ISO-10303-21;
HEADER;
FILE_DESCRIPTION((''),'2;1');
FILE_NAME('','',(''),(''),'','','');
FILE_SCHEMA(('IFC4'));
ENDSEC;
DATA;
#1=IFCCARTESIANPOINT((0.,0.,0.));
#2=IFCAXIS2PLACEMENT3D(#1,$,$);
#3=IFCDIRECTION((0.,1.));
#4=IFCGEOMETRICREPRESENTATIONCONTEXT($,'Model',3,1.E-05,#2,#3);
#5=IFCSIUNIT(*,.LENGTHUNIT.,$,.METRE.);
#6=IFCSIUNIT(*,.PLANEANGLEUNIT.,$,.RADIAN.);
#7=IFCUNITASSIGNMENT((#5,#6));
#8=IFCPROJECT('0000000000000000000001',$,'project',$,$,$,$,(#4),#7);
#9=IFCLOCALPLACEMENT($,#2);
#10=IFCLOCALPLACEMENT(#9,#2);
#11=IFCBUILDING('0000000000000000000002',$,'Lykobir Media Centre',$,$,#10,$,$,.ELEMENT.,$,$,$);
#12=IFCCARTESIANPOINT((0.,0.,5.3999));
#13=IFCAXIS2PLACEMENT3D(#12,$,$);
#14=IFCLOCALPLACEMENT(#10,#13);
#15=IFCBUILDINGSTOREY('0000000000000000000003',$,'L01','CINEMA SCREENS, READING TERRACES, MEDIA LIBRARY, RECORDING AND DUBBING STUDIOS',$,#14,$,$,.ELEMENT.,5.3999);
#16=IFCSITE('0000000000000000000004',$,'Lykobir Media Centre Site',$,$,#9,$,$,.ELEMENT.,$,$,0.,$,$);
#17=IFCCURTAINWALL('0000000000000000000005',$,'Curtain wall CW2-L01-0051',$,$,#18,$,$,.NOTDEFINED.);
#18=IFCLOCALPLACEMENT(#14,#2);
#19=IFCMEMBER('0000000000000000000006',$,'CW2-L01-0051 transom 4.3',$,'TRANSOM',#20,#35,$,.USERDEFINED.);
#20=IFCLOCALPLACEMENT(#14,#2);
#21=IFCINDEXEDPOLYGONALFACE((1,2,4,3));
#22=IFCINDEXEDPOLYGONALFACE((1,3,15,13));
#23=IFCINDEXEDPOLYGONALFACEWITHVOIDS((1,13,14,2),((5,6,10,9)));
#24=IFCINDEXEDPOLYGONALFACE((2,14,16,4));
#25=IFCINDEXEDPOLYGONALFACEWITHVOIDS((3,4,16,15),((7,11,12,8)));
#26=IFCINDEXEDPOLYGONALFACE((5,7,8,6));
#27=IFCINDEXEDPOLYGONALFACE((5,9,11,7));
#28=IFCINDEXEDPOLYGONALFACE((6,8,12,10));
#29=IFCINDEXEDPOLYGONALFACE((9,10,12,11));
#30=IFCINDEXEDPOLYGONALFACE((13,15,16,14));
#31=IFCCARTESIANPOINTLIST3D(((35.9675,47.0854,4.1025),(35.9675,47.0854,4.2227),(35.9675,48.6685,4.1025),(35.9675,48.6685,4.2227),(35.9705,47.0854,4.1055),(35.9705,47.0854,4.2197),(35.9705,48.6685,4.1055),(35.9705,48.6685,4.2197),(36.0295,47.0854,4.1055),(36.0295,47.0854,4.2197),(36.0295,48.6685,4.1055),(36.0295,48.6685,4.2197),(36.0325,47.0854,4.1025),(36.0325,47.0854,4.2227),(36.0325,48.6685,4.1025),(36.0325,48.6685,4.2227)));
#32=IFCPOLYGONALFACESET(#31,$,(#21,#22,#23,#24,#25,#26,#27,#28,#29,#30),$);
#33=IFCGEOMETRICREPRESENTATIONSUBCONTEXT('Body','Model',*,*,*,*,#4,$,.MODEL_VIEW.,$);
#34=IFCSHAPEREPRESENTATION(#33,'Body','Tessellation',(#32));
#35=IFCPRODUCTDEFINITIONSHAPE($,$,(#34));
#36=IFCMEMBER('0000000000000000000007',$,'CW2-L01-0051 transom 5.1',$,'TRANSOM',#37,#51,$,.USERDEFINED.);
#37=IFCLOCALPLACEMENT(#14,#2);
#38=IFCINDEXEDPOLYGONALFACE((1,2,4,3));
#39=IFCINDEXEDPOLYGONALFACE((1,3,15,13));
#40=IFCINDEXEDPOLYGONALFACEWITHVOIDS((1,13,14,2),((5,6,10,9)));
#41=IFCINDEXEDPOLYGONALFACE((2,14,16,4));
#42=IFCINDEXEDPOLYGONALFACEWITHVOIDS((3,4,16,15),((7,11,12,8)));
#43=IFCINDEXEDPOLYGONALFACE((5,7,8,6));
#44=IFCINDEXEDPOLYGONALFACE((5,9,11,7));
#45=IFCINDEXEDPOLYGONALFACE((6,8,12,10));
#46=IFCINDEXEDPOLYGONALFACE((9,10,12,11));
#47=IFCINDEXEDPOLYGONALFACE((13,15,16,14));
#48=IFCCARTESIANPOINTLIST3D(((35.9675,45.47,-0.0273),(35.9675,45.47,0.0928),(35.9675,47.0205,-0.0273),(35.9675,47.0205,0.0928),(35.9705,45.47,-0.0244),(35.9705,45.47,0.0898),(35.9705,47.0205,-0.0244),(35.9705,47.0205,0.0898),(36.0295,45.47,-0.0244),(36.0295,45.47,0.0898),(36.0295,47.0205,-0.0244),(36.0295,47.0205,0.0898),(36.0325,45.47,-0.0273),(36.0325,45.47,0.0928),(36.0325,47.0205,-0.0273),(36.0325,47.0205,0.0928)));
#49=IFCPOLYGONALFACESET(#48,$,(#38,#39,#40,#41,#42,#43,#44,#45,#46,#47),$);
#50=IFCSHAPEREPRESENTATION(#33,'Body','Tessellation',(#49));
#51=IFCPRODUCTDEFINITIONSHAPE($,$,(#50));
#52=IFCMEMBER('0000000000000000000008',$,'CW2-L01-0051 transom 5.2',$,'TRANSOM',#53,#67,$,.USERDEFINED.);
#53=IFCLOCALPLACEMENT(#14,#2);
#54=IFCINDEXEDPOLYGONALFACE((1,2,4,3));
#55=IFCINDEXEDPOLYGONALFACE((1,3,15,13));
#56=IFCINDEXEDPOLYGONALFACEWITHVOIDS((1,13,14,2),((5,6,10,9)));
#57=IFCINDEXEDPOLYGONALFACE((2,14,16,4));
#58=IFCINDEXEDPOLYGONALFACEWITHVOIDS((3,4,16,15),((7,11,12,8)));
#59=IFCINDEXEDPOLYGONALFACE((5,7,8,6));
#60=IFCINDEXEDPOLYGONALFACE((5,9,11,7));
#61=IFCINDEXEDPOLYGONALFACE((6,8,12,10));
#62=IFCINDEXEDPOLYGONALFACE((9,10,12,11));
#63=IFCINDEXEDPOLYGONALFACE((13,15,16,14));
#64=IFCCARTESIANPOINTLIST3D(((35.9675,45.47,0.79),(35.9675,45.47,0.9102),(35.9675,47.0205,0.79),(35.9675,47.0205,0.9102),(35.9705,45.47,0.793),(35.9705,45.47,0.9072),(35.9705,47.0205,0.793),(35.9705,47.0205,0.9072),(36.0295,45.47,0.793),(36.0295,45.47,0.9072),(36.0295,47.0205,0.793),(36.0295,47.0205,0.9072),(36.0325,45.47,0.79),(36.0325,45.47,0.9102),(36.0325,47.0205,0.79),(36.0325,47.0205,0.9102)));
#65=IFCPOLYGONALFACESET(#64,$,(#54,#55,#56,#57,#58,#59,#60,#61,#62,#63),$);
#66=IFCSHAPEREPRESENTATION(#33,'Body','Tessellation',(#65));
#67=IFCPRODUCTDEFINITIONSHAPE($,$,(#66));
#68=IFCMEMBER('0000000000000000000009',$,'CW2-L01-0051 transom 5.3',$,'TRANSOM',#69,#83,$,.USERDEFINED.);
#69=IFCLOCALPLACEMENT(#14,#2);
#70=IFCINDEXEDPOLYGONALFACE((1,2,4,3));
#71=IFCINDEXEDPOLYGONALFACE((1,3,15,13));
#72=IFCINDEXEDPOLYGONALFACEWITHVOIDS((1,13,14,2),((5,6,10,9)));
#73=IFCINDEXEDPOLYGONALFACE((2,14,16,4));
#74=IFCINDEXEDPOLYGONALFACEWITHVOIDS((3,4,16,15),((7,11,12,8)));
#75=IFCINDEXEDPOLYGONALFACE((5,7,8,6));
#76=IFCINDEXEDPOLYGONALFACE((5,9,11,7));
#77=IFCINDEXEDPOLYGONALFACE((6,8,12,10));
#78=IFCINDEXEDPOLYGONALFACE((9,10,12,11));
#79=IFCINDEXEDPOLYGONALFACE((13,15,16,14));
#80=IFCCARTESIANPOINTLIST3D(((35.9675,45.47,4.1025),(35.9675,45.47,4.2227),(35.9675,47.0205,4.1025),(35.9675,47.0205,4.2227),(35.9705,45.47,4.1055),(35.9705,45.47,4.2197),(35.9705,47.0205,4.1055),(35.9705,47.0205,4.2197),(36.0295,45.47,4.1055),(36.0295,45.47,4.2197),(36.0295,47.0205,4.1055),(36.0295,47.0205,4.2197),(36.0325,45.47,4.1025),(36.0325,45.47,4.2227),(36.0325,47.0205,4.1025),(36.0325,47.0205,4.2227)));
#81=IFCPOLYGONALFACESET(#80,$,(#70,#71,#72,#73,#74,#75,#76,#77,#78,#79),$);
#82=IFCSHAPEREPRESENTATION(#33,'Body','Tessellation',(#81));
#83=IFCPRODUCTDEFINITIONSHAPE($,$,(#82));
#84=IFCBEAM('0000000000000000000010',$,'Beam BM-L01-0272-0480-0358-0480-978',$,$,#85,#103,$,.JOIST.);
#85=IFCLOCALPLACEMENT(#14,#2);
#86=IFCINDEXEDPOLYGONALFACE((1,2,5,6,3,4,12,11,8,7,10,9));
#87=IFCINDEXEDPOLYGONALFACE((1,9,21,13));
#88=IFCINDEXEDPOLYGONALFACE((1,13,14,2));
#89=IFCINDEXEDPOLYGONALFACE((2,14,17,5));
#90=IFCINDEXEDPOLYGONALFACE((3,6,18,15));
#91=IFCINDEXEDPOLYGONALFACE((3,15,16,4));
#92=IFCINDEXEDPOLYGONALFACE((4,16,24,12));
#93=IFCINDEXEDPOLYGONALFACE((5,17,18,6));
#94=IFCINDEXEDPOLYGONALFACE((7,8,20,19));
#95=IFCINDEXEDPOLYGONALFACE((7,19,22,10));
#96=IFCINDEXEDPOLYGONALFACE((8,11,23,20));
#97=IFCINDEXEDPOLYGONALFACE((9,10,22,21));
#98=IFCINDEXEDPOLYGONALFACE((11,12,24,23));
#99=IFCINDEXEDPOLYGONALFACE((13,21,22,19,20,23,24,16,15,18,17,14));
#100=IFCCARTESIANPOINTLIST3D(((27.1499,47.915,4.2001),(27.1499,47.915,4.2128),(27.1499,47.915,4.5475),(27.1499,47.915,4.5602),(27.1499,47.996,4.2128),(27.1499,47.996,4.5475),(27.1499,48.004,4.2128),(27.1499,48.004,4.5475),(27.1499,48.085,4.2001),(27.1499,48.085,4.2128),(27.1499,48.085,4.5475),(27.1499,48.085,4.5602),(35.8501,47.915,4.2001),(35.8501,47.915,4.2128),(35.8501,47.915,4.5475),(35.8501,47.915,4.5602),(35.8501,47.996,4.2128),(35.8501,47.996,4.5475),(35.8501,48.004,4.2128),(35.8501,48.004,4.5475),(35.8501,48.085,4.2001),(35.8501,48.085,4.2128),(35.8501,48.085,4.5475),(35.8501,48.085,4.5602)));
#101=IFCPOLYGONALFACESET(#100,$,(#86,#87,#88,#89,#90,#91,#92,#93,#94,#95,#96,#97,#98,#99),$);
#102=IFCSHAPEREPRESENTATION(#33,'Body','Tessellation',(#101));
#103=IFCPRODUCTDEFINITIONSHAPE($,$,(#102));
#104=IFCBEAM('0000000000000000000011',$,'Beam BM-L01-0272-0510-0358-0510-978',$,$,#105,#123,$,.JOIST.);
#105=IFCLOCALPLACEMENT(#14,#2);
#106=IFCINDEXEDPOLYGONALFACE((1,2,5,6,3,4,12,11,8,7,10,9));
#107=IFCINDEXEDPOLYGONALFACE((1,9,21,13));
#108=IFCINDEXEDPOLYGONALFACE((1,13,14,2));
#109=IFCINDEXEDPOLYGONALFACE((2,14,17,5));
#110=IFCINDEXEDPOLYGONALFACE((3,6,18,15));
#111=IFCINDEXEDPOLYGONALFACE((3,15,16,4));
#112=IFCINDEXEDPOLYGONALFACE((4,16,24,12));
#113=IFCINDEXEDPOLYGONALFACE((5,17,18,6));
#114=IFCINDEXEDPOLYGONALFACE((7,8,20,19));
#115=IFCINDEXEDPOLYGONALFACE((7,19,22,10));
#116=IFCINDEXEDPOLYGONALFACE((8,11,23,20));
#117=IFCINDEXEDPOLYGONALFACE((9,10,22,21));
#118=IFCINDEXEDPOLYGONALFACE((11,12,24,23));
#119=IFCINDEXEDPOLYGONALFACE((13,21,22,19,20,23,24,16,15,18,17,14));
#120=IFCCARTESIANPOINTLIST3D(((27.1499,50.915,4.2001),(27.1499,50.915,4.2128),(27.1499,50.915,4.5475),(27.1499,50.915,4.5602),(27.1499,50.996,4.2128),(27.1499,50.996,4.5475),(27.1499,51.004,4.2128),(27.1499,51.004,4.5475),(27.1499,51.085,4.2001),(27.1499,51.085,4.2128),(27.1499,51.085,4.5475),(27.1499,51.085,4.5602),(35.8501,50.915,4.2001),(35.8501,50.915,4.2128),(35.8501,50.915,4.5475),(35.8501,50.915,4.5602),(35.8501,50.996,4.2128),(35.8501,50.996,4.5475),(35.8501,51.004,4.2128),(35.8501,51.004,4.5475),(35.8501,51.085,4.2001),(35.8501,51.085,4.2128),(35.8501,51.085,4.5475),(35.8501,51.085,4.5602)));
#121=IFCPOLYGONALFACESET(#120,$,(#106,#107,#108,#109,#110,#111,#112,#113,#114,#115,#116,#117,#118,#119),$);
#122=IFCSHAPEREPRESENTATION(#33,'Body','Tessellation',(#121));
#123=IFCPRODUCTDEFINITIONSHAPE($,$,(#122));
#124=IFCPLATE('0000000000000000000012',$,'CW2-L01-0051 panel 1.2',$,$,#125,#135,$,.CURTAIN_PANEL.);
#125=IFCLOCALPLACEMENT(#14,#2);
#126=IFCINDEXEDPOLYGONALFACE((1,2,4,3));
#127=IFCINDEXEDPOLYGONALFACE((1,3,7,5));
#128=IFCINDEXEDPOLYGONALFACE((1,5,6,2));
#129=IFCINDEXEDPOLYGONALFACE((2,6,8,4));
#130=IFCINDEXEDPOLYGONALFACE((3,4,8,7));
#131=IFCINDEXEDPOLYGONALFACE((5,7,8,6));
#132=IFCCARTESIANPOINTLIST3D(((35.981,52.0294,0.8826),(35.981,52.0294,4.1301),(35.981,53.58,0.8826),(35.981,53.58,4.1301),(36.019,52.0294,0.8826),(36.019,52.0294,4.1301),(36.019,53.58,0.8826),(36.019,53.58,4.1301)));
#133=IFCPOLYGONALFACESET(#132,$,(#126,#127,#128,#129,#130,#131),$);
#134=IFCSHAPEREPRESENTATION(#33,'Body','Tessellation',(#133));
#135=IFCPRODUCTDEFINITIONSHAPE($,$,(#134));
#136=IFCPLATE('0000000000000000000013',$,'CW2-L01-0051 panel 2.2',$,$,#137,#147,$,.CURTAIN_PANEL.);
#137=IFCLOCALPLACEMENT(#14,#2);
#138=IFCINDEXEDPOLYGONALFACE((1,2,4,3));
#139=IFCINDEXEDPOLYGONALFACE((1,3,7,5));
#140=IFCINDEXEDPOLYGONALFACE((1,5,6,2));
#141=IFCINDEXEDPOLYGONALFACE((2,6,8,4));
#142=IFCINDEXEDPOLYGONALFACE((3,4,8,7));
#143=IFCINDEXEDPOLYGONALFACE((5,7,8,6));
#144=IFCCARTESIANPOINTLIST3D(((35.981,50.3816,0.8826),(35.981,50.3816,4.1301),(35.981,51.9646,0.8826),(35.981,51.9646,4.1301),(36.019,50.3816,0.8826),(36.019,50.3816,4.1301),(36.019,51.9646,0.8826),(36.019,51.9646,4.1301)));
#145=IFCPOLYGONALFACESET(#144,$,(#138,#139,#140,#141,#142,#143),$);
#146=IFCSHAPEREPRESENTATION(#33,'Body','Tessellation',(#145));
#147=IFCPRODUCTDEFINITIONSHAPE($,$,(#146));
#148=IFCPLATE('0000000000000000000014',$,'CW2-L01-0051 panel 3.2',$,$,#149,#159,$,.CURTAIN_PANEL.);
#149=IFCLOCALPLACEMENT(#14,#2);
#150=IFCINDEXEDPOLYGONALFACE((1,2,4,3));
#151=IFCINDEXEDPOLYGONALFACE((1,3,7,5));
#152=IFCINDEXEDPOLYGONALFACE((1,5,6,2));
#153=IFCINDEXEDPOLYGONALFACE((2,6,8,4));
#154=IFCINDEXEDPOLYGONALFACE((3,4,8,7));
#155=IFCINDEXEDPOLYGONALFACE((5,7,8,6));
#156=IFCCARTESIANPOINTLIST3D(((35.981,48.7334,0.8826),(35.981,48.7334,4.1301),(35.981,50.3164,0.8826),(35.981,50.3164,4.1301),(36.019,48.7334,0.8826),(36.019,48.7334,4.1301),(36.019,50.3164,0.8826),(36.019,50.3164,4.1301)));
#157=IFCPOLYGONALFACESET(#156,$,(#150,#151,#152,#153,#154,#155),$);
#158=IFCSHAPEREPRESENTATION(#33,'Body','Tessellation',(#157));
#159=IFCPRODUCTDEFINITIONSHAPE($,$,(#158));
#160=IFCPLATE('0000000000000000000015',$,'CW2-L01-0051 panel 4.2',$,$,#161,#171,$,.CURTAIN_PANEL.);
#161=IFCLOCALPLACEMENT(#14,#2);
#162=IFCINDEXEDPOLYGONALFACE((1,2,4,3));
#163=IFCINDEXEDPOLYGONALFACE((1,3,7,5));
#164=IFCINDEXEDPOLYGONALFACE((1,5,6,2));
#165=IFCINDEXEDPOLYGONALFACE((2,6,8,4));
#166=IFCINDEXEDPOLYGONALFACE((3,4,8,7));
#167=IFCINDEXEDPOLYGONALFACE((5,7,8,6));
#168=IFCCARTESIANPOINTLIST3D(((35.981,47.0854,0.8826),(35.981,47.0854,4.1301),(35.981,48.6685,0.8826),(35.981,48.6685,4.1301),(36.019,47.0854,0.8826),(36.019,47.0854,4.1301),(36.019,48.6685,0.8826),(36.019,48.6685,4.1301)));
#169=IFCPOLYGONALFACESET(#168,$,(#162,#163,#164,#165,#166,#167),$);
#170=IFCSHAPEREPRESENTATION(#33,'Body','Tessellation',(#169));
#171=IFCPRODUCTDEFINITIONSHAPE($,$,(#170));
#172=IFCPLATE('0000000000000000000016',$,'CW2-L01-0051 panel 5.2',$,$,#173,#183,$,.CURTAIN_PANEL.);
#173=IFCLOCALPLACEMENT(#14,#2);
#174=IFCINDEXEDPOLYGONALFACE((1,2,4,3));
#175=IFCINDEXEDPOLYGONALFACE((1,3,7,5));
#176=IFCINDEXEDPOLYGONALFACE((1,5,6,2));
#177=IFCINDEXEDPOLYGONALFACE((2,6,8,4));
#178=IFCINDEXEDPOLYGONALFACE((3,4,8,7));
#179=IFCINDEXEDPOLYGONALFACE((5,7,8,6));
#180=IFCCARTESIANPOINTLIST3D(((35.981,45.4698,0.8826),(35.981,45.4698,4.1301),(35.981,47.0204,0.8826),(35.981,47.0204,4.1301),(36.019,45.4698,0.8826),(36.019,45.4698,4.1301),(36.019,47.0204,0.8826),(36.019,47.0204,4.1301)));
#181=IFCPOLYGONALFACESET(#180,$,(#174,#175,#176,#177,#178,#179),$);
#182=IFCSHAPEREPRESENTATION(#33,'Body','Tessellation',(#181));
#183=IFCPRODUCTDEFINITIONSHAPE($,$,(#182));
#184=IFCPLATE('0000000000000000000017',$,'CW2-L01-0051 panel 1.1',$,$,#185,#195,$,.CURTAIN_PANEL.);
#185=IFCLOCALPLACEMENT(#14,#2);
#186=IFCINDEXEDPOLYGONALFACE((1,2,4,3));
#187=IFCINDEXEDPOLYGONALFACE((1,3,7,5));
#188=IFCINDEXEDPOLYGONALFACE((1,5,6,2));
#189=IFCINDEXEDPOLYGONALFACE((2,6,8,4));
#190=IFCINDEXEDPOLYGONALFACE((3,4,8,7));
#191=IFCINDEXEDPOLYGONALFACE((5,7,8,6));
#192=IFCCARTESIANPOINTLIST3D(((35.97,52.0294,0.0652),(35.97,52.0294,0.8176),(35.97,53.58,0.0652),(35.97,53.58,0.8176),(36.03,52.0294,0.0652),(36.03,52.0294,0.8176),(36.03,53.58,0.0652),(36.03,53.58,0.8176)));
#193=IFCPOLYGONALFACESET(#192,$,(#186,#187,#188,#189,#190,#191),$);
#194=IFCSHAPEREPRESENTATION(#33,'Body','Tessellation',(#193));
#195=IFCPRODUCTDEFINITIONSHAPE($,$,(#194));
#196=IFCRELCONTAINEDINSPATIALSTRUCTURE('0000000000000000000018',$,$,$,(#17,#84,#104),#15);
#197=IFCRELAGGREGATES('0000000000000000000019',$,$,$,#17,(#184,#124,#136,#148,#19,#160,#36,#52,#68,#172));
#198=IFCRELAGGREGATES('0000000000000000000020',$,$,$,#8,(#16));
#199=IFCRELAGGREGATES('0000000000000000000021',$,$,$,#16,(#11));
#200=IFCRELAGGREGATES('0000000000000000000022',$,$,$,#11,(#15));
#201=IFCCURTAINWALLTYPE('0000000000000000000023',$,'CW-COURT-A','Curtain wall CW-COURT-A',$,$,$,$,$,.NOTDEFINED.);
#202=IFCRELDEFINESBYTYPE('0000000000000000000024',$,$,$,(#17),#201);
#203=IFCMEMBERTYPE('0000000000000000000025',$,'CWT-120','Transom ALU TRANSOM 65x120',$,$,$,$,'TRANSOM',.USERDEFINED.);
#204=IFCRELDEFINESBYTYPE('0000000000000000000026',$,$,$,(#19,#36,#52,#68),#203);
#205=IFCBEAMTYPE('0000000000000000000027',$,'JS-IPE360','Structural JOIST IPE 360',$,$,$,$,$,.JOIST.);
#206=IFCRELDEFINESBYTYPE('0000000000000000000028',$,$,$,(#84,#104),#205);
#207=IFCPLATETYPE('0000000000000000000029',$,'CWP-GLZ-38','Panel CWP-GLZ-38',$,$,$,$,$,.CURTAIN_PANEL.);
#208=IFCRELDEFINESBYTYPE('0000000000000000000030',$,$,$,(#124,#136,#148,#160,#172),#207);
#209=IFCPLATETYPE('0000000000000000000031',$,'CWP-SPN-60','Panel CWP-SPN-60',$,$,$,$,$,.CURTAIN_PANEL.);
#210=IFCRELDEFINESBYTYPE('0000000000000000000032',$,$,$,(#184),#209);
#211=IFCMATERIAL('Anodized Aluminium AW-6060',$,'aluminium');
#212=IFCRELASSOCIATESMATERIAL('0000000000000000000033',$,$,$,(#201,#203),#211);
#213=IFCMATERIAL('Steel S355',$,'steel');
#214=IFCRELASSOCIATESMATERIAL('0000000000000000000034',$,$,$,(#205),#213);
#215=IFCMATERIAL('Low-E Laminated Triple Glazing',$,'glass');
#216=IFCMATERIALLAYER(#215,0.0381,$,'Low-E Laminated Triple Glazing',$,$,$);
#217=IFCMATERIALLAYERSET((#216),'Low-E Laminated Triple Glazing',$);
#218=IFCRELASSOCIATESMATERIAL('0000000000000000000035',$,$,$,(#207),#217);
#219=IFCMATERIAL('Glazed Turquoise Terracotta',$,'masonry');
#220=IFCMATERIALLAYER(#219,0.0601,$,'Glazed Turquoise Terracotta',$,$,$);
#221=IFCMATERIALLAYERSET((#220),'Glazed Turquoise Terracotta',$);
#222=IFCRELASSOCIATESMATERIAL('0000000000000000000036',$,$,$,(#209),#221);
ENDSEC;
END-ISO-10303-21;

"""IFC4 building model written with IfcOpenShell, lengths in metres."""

from ifc_helpers import new_model, si_unit, direction, frame, origin, origin_2d, place, context, subcontext, project, spatial, rectangle, hollow_rectangle, i_section, extrude, material, layer, layer_set, material_profile, profile_set, type_object, element, aggregate, save


model = new_model("IFC4")

# Units and contexts
model_context = context("Model", 3, precision=1e-05, world=origin(), true_north=direction((0.0, 1.0)))
body_context = subcontext(model_context, "Body", "Model", "MODEL_VIEW")
ifc_project = project(units=[si_unit("LENGTHUNIT", "METRE"), si_unit("PLANEANGLEUNIT", "RADIAN")], contexts=[model_context])

# Site, building, storey
site_placement = place(None, origin())
site = spatial("IfcSite", under=ifc_project, at=site_placement, Name="Lykobir Media Centre Site", CompositionType="ELEMENT", RefElevation=0.0)
building_placement = place(site_placement, origin())
building = spatial("IfcBuilding", under=site, at=building_placement, Name="Lykobir Media Centre", CompositionType="ELEMENT")
storey_placement = place(building_placement, frame((0.0, 0.0, 5.3999)))
storey = spatial("IfcBuildingStorey", under=building, at=storey_placement, Name="L01", Description="CINEMA SCREENS, READING TERRACES, MEDIA LIBRARY, RECORDING AND DUBBING STUDIOS", CompositionType="ELEMENT", Elevation=5.3999)

# Shared definitions
ifc_material_1 = material(Name="Steel S355", Category="steel")

# Curtain wall
ifc_material_2 = material(Name="Anodized Aluminium AW-6060", Category="aluminium")
curtain_wall_type = type_object("IfcCurtainWallType", Name="CW-COURT-A", Description="Curtain wall CW-COURT-A", PredefinedType="NOTDEFINED", material=ifc_material_2)
curtain_wall_1_placement = place(storey_placement, origin())
curtain_wall_1 = element("IfcCurtainWall", 1, at=curtain_wall_1_placement, inside=storey, type_object=curtain_wall_type, Name="Curtain wall CW2-L01-0051", PredefinedType="NOTDEFINED")

# Members
ifc_material_profile_1 = material_profile(ifc_material_2, hollow_rectangle(XDim=0.0649, YDim=0.1201, WallThickness=0.0029, at=origin_2d()), Name="ALU TRANSOM 65x120")
ifc_profile_set_1 = profile_set([ifc_material_profile_1], Name="Anodized Aluminium AW-6060")
member_type_1 = type_object("IfcMemberType", Name="CWT-120", Description="Transom ALU TRANSOM 65x120", ElementType="TRANSOM", PredefinedType="USERDEFINED", material=ifc_profile_set_1)
member_1_placement = place(storey_placement, frame((36.0, 48.6685, 4.1626), z_axis=(0.0, -1.0, 0.0), x_axis=(1.0, 0.0, 0.0)))
member_1 = element("IfcMember", 2, at=member_1_placement, type_object=member_type_1, Name="CW2-L01-0051 transom 4.3", ObjectType="TRANSOM", PredefinedType="USERDEFINED", context=body_context, shape_type="SweptSolid", body=[
    extrude(hollow_rectangle(XDim=0.0649, YDim=0.1201, WallThickness=0.0029, at=origin_2d()), origin(), (0.0, 0.0, 1.0), 1.583),
])
member_2_placement = place(storey_placement, frame((36.0, 47.0205, 0.0327), z_axis=(0.0, -1.0, 0.0), x_axis=(1.0, 0.0, 0.0)))
member_2 = element("IfcMember", 3, at=member_2_placement, type_object=member_type_1, Name="CW2-L01-0051 transom 5.1", ObjectType="TRANSOM", PredefinedType="USERDEFINED", context=body_context, shape_type="SweptSolid", body=[
    extrude(hollow_rectangle(XDim=0.0649, YDim=0.1201, WallThickness=0.0029, at=origin_2d()), origin(), (0.0, 0.0, 1.0), 1.5505),
])
member_3_placement = place(storey_placement, frame((36.0, 47.0205, 0.8501), z_axis=(0.0, -1.0, 0.0), x_axis=(1.0, 0.0, 0.0)))
member_3 = element("IfcMember", 4, at=member_3_placement, type_object=member_type_1, Name="CW2-L01-0051 transom 5.2", ObjectType="TRANSOM", PredefinedType="USERDEFINED", context=body_context, shape_type="SweptSolid", body=[
    extrude(hollow_rectangle(XDim=0.0649, YDim=0.1201, WallThickness=0.0029, at=origin_2d()), origin(), (0.0, 0.0, 1.0), 1.5505),
])
member_4_placement = place(storey_placement, frame((36.0, 47.0205, 4.1626), z_axis=(0.0, -1.0, 0.0), x_axis=(1.0, 0.0, 0.0)))
member_4 = element("IfcMember", 5, at=member_4_placement, type_object=member_type_1, Name="CW2-L01-0051 transom 5.3", ObjectType="TRANSOM", PredefinedType="USERDEFINED", context=body_context, shape_type="SweptSolid", body=[
    extrude(hollow_rectangle(XDim=0.0649, YDim=0.1201, WallThickness=0.0029, at=origin_2d()), origin(), (0.0, 0.0, 1.0), 1.5505),
])

# Beams
ifc_material_profile_2 = material_profile(ifc_material_1, i_section(OverallWidth=0.1699, OverallDepth=0.3601, WebThickness=0.0081, FlangeThickness=0.0127, at=origin_2d()), Name="IPE 360")
ifc_profile_set_2 = profile_set([ifc_material_profile_2], Name="Steel S355")
beam_type_1 = type_object("IfcBeamType", Name="JS-IPE360", Description="Structural JOIST IPE 360", PredefinedType="JOIST", material=ifc_profile_set_2)
for number, where, z_axis, x_axis, name in (
    (6, (27.1499, 48.0, 4.3801), (1.0, 0.0, 0.0), (0.0, 1.0, 0.0), "Beam BM-L01-0272-0480-0358-0480-978"),
    (7, (27.1499, 51.0, 4.3801), (1.0, 0.0, 0.0), (0.0, 1.0, 0.0), "Beam BM-L01-0272-0510-0358-0510-978"),
):
    element("IfcBeam", number, at=place(storey_placement, frame(where, z_axis=z_axis, x_axis=x_axis)), inside=storey, type_object=beam_type_1, Name=name, PredefinedType="JOIST", context=body_context, shape_type="SweptSolid", body=[
        extrude(i_section(OverallWidth=0.1699, OverallDepth=0.3601, WebThickness=0.0081, FlangeThickness=0.0127, at=origin_2d()), origin(), (0.0, 0.0, 1.0), 8.7002),
    ])

# Plates
ifc_material_3 = material(Name="Low-E Laminated Triple Glazing", Category="glass")
ifc_layer_1 = layer(ifc_material_3, 0.0381, Name="Low-E Laminated Triple Glazing")
ifc_layer_set_1 = layer_set([ifc_layer_1], Name="Low-E Laminated Triple Glazing")
plate_type_1 = type_object("IfcPlateType", Name="CWP-GLZ-38", Description="Panel CWP-GLZ-38", PredefinedType="CURTAIN_PANEL", material=ifc_layer_set_1)
plate_1_placement = place(storey_placement, frame((36.0, 52.8047, 0.8826), z_axis=(0.0, 0.0, 1.0), x_axis=(0.0, -1.0, 0.0)))
plate_1 = element("IfcPlate", 8, at=plate_1_placement, type_object=plate_type_1, Name="CW2-L01-0051 panel 1.2", PredefinedType="CURTAIN_PANEL", context=body_context, shape_type="SweptSolid", body=[
    extrude(rectangle(XDim=1.5505, YDim=0.0381, at=origin_2d()), origin(), (0.0, 0.0, 1.0), 3.2476),
])
plate_2_placement = place(storey_placement, frame((36.0, 51.1731, 0.8826), z_axis=(0.0, 0.0, 1.0), x_axis=(0.0, -1.0, 0.0)))
plate_2 = element("IfcPlate", 9, at=plate_2_placement, type_object=plate_type_1, Name="CW2-L01-0051 panel 2.2", PredefinedType="CURTAIN_PANEL", context=body_context, shape_type="SweptSolid", body=[
    extrude(rectangle(XDim=1.583, YDim=0.0381, at=origin_2d()), origin(), (0.0, 0.0, 1.0), 3.2476),
])
plate_3_placement = place(storey_placement, frame((36.0, 49.5249, 0.8826), z_axis=(0.0, 0.0, 1.0), x_axis=(0.0, -1.0, 0.0)))
plate_3 = element("IfcPlate", 10, at=plate_3_placement, type_object=plate_type_1, Name="CW2-L01-0051 panel 3.2", PredefinedType="CURTAIN_PANEL", context=body_context, shape_type="SweptSolid", body=[
    extrude(rectangle(XDim=1.583, YDim=0.0381, at=origin_2d()), origin(), (0.0, 0.0, 1.0), 3.2476),
])
plate_4_placement = place(storey_placement, frame((36.0, 47.877, 0.8826), z_axis=(0.0, 0.0, 1.0), x_axis=(0.0, -1.0, 0.0)))
plate_4 = element("IfcPlate", 11, at=plate_4_placement, type_object=plate_type_1, Name="CW2-L01-0051 panel 4.2", PredefinedType="CURTAIN_PANEL", context=body_context, shape_type="SweptSolid", body=[
    extrude(rectangle(XDim=1.583, YDim=0.0381, at=origin_2d()), origin(), (0.0, 0.0, 1.0), 3.2476),
])
plate_5_placement = place(storey_placement, frame((36.0, 46.2451, 0.8826), z_axis=(0.0, 0.0, 1.0), x_axis=(0.0, -1.0, 0.0)))
plate_5 = element("IfcPlate", 12, at=plate_5_placement, type_object=plate_type_1, Name="CW2-L01-0051 panel 5.2", PredefinedType="CURTAIN_PANEL", context=body_context, shape_type="SweptSolid", body=[
    extrude(rectangle(XDim=1.5505, YDim=0.0381, at=origin_2d()), origin(), (0.0, 0.0, 1.0), 3.2476),
])
ifc_material_4 = material(Name="Glazed Turquoise Terracotta", Category="masonry")
ifc_layer_2 = layer(ifc_material_4, 0.0601, Name="Glazed Turquoise Terracotta")
ifc_layer_set_2 = layer_set([ifc_layer_2], Name="Glazed Turquoise Terracotta")
plate_type_2 = type_object("IfcPlateType", Name="CWP-SPN-60", Description="Panel CWP-SPN-60", PredefinedType="CURTAIN_PANEL", material=ifc_layer_set_2)
plate_6_placement = place(storey_placement, frame((36.0, 52.8047, 0.0652), z_axis=(0.0, 0.0, 1.0), x_axis=(0.0, -1.0, 0.0)))
plate_6 = element("IfcPlate", 13, at=plate_6_placement, type_object=plate_type_2, Name="CW2-L01-0051 panel 1.1", PredefinedType="CURTAIN_PANEL", context=body_context, shape_type="SweptSolid", body=[
    extrude(rectangle(XDim=1.5505, YDim=0.0601, at=origin_2d()), origin(), (0.0, 0.0, 1.0), 0.7524),
])
aggregate(curtain_wall_1, [plate_6, plate_1, plate_2, plate_3, member_1, plate_4, member_2, member_3, member_4, plate_5])

save(model, "model.ifc")
